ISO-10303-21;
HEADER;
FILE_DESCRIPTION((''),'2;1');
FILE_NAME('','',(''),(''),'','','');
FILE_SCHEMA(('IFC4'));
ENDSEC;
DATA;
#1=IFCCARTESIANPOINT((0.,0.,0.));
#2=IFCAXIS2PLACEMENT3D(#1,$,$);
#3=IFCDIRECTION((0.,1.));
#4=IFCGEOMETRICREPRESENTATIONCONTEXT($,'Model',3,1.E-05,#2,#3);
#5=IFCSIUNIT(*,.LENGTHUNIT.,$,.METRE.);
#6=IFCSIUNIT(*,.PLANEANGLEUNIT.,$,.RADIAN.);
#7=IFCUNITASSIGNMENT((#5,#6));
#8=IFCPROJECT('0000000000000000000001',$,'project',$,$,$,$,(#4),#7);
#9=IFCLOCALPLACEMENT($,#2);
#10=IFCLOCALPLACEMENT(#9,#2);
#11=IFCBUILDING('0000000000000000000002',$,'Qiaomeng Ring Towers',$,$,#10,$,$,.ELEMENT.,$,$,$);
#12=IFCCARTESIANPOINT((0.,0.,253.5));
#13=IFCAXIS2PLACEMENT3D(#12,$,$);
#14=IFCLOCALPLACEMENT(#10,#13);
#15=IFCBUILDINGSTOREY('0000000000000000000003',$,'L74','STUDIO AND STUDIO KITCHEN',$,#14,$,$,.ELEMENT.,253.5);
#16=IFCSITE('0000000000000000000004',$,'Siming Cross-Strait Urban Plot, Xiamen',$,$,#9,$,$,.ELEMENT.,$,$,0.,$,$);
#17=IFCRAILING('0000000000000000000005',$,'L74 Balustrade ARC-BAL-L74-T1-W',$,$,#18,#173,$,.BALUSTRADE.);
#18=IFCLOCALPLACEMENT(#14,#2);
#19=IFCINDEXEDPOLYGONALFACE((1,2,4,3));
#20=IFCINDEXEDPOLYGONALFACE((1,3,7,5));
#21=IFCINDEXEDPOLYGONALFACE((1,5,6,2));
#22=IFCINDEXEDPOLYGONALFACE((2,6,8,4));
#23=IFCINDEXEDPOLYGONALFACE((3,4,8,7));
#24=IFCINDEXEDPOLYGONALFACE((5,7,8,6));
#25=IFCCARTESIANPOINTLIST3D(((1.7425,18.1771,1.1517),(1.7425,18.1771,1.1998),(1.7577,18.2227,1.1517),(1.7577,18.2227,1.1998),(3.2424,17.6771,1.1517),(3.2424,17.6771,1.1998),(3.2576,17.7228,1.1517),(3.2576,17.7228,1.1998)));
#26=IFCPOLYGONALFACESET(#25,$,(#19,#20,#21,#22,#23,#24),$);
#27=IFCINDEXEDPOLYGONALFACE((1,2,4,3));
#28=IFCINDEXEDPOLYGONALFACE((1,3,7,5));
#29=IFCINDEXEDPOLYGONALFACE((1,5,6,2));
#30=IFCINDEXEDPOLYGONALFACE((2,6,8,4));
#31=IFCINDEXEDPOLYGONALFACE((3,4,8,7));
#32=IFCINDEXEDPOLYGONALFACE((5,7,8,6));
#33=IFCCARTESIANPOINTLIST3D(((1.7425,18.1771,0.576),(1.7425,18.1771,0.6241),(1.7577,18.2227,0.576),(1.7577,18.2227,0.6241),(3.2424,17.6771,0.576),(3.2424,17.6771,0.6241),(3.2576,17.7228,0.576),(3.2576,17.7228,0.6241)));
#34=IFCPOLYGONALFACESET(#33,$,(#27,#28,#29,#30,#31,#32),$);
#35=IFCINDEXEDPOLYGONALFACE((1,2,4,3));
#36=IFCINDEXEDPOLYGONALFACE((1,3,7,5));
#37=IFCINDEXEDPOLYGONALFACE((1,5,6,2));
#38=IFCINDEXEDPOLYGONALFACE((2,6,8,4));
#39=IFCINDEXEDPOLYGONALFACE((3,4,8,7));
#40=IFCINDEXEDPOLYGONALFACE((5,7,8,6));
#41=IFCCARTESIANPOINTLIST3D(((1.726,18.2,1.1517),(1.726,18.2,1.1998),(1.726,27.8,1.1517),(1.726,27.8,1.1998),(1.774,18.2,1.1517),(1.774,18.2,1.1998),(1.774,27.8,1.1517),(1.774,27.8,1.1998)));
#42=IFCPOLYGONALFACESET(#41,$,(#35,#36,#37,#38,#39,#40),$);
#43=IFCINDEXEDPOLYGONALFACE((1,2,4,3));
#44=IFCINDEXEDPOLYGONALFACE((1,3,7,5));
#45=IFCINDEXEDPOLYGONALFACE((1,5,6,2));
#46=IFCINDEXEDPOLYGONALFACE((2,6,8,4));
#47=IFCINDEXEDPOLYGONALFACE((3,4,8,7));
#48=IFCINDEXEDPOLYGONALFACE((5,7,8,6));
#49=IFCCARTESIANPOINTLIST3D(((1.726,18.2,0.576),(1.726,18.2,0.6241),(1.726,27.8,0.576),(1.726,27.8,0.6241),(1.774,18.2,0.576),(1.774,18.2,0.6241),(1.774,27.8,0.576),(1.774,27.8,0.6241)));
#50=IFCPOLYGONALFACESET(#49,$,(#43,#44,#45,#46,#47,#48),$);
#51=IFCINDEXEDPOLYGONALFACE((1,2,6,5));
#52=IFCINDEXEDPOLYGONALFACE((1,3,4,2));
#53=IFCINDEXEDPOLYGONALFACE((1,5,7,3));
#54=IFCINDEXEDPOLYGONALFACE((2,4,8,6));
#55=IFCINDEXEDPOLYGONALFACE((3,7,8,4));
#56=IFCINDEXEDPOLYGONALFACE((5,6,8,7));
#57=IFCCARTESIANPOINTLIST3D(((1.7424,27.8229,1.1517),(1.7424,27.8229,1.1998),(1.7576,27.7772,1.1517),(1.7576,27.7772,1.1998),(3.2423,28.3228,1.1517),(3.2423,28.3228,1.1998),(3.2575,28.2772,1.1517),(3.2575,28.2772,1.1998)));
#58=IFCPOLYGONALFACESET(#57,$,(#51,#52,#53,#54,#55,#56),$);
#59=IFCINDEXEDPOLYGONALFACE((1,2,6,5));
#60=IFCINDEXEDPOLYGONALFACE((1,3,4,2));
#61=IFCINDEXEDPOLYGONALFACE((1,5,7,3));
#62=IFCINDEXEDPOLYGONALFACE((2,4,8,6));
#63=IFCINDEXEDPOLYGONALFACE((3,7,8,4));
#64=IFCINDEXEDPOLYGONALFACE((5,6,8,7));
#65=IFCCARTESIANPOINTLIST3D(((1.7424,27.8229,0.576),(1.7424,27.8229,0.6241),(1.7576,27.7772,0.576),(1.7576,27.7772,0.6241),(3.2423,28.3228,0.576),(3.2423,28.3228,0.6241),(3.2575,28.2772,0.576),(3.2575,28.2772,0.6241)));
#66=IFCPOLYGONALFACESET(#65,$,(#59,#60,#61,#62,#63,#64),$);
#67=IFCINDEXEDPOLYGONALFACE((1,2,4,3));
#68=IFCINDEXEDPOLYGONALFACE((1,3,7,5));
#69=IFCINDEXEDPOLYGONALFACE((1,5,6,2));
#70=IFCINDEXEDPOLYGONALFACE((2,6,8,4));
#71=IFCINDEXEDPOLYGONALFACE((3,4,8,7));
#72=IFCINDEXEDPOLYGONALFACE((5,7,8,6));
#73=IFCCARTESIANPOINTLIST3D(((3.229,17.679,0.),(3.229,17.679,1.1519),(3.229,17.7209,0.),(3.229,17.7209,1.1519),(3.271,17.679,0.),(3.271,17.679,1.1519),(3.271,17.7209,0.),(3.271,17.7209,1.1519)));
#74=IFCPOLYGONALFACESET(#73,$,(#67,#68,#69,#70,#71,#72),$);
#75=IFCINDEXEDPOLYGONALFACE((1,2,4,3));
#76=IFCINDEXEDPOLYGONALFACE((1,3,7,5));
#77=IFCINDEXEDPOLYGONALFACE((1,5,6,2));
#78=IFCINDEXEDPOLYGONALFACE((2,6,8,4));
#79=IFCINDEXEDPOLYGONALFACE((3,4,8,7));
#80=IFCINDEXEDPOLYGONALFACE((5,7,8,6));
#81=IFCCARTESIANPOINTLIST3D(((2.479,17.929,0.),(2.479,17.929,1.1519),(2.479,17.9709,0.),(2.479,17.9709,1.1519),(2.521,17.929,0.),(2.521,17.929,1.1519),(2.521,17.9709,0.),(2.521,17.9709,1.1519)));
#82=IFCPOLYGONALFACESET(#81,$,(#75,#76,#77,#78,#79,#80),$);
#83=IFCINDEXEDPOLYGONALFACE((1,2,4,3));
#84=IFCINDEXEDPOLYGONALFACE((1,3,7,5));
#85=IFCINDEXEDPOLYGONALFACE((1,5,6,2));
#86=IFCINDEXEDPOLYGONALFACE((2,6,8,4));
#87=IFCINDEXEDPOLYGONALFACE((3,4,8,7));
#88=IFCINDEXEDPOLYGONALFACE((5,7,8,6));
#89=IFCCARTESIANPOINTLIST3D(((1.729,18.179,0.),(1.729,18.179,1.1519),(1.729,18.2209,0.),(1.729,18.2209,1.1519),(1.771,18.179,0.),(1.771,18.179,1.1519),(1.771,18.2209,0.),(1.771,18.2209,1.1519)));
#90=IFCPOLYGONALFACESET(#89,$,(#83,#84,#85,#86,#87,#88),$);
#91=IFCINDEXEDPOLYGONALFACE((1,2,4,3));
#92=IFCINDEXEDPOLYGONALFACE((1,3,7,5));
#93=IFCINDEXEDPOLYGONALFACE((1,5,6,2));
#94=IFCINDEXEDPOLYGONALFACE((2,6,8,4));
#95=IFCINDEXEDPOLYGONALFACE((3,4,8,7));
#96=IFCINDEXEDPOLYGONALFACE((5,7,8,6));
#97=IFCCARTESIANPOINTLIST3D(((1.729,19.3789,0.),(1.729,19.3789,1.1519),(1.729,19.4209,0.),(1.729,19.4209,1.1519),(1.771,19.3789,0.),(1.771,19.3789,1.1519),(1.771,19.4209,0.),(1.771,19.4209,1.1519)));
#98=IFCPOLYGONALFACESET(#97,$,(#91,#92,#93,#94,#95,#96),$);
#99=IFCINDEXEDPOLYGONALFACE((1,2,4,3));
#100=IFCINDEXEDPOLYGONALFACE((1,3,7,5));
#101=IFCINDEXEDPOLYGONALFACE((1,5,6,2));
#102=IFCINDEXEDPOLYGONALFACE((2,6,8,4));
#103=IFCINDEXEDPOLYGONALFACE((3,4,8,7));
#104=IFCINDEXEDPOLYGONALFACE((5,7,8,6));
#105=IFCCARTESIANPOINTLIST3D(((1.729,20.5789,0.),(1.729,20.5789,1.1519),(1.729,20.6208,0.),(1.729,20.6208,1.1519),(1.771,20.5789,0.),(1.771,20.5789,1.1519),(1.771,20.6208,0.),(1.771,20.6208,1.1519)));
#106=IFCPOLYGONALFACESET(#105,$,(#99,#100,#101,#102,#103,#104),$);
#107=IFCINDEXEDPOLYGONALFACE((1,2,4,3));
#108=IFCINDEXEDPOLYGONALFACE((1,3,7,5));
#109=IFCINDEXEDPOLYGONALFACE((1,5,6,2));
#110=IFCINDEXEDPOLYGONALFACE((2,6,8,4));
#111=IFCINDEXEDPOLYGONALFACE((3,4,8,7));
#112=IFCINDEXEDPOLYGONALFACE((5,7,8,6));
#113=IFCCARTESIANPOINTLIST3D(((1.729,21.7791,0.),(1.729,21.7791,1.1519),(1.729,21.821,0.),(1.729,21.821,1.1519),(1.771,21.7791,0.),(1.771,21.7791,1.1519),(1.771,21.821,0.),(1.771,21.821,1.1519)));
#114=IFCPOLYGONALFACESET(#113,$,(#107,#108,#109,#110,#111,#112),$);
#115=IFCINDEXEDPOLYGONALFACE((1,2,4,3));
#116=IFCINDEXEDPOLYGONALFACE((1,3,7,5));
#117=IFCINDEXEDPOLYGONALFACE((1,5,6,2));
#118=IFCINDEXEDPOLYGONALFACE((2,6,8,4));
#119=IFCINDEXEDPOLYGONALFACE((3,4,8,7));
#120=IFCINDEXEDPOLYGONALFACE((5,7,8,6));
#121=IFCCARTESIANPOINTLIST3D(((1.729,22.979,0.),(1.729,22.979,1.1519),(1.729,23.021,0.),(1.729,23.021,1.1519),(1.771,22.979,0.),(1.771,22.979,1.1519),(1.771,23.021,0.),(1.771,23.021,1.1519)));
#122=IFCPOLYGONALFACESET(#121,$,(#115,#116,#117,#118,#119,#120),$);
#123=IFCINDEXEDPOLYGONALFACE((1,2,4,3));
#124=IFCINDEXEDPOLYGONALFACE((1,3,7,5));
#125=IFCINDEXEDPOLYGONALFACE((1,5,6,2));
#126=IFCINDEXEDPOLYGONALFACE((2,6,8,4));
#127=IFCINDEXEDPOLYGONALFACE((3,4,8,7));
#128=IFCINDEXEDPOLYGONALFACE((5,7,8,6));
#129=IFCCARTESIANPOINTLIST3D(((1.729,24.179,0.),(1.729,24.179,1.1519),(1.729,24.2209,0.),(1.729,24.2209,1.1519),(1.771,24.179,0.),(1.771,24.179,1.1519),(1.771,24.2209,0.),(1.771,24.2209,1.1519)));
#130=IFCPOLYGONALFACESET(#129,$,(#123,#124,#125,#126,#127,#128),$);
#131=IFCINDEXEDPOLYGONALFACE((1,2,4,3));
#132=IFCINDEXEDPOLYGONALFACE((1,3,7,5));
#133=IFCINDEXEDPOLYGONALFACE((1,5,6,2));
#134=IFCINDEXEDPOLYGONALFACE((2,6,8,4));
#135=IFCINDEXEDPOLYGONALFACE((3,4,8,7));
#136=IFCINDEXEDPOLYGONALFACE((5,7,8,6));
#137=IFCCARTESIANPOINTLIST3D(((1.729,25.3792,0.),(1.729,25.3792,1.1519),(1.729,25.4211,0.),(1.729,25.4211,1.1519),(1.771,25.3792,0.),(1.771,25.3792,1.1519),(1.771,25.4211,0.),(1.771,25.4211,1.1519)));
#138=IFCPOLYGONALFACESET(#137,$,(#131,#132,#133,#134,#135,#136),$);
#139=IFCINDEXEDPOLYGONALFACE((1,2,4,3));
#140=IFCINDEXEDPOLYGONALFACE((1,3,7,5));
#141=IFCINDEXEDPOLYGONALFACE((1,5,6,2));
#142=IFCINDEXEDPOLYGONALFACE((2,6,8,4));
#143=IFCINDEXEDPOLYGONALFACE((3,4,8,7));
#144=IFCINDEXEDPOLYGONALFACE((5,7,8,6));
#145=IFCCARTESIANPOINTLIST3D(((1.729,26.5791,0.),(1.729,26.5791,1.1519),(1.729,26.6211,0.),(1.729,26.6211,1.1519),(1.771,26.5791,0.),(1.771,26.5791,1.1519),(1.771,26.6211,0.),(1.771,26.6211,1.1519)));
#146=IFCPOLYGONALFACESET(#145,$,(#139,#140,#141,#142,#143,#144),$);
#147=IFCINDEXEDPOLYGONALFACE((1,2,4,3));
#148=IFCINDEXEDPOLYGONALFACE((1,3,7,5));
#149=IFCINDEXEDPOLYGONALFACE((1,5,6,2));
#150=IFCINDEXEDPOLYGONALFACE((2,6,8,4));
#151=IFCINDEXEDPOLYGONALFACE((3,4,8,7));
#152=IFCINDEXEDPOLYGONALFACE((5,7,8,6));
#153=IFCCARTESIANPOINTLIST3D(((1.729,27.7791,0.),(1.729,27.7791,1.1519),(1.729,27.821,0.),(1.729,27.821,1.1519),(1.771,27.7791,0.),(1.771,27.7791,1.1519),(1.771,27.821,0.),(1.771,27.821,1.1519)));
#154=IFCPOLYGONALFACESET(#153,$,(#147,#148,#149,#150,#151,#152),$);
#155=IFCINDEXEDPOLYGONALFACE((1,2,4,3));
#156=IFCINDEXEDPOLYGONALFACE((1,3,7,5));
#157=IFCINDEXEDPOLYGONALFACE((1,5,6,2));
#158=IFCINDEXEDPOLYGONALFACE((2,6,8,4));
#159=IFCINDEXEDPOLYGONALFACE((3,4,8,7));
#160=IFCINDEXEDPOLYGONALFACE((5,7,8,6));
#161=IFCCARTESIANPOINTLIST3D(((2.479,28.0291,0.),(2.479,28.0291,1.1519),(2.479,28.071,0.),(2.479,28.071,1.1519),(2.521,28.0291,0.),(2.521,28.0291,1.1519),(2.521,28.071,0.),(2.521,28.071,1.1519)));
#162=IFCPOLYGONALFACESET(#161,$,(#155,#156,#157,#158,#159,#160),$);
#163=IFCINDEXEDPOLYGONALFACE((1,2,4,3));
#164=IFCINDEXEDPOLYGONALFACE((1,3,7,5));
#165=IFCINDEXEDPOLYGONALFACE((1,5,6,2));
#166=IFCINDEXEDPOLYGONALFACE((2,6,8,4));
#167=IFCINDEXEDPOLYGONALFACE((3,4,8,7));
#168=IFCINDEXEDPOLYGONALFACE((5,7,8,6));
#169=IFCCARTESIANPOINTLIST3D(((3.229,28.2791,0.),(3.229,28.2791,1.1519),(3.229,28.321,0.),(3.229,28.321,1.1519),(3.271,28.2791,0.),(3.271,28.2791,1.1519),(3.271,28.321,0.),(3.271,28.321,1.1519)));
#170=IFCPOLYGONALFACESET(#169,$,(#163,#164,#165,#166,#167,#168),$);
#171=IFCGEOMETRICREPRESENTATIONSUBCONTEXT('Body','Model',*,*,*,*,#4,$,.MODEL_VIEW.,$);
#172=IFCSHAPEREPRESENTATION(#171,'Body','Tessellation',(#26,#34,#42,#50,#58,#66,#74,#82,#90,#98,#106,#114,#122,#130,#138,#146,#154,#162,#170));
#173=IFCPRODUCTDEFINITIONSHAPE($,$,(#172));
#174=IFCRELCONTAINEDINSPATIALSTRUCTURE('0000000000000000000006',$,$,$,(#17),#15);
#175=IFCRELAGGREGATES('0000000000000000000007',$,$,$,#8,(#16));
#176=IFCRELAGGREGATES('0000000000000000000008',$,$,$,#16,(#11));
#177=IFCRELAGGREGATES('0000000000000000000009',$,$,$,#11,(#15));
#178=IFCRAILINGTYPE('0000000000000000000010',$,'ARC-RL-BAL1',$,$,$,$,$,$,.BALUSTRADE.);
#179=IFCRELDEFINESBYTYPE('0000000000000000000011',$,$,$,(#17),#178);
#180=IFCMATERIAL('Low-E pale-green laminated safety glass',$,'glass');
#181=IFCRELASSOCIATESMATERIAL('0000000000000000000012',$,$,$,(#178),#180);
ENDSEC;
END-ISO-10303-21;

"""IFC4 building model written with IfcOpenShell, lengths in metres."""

from ifc_helpers import new_model, si_unit, direction, frame, origin, origin_2d, place, context, subcontext, project, spatial, rectangle, extrude, material, type_object, element, save


model = new_model("IFC4")

# Units and contexts
model_context = context("Model", 3, precision=1e-05, world=origin(), true_north=direction((0.0, 1.0)))
body_context = subcontext(model_context, "Body", "Model", "MODEL_VIEW")
ifc_project = project(units=[si_unit("LENGTHUNIT", "METRE"), si_unit("PLANEANGLEUNIT", "RADIAN")], contexts=[model_context])

# Site, building, storey
site_placement = place(None, origin())
site = spatial("IfcSite", under=ifc_project, at=site_placement, Name="Siming Cross-Strait Urban Plot, Xiamen", CompositionType="ELEMENT", RefElevation=0.0)
building_placement = place(site_placement, origin())
building = spatial("IfcBuilding", under=site, at=building_placement, Name="Qiaomeng Ring Towers", CompositionType="ELEMENT")
storey_placement = place(building_placement, frame((0.0, 0.0, 253.5)))
storey = spatial("IfcBuildingStorey", under=building, at=storey_placement, Name="L74", Description="STUDIO AND STUDIO KITCHEN", CompositionType="ELEMENT", Elevation=253.5)

# Railing
ifc_material_1 = material(Name="Low-E pale-green laminated safety glass", Category="glass")
railing_type = type_object("IfcRailingType", Name="ARC-RL-BAL1", PredefinedType="BALUSTRADE", material=ifc_material_1)
railing_1_placement = place(storey_placement, frame((3.25, 17.7, 0.0)))
element("IfcRailing", 1, at=railing_1_placement, inside=storey, type_object=railing_type, Name="L74 Balustrade ARC-BAL-L74-T1-W", PredefinedType="BALUSTRADE", context=body_context, shape_type="SweptSolid", body=[
    extrude(rectangle(XDim=0.0481, YDim=0.0481, at=origin_2d()), frame((0.0, 0.0, 1.1758), z_axis=(-0.948683, 0.316228, 0.0), x_axis=(-0.316228, -0.948683, 0.0)), (0.0, 0.0, 1.0), 1.5811),
    extrude(rectangle(XDim=0.0481, YDim=0.0481, at=origin_2d()), frame((0.0, 0.0, 0.6001), z_axis=(-0.948683, 0.316228, 0.0), x_axis=(-0.316228, -0.948683, 0.0)), (0.0, 0.0, 1.0), 1.5811),
    extrude(rectangle(XDim=0.0481, YDim=0.0481, at=origin_2d()), frame((-1.5, 0.5, 1.1758), z_axis=(0.0, 1.0, 0.0), x_axis=(-1.0, 0.0, 0.0)), (0.0, 0.0, 1.0), 9.6001),
    extrude(rectangle(XDim=0.0481, YDim=0.0481, at=origin_2d()), frame((-1.5, 0.5, 0.6001), z_axis=(0.0, 1.0, 0.0), x_axis=(-1.0, 0.0, 0.0)), (0.0, 0.0, 1.0), 9.6001),
    extrude(rectangle(XDim=0.0481, YDim=0.0481, at=origin_2d()), frame((-1.5, 10.1001, 1.1758), z_axis=(0.948683, 0.316228, 0.0), x_axis=(-0.316228, 0.948683, 0.0)), (0.0, 0.0, 1.0), 1.5811),
    extrude(rectangle(XDim=0.0481, YDim=0.0481, at=origin_2d()), frame((-1.5, 10.1001, 0.6001), z_axis=(0.948683, 0.316228, 0.0), x_axis=(-0.316228, 0.948683, 0.0)), (0.0, 0.0, 1.0), 1.5811),
    extrude(rectangle(XDim=0.042, YDim=0.042, at=origin_2d()), origin(), (0.0, 0.0, 1.0), 1.1519),
    extrude(rectangle(XDim=0.042, YDim=0.042, at=origin_2d()), frame((-0.75, 0.25, 0.0)), (0.0, 0.0, 1.0), 1.1519),
    extrude(rectangle(XDim=0.042, YDim=0.042, at=origin_2d()), frame((-1.5, 0.5, 0.0)), (0.0, 0.0, 1.0), 1.1519),
    extrude(rectangle(XDim=0.042, YDim=0.042, at=origin_2d()), frame((-1.5, 1.7, 0.0)), (0.0, 0.0, 1.0), 1.1519),
    extrude(rectangle(XDim=0.042, YDim=0.042, at=origin_2d()), frame((-1.5, 2.8999, 0.0)), (0.0, 0.0, 1.0), 1.1519),
    extrude(rectangle(XDim=0.042, YDim=0.042, at=origin_2d()), frame((-1.5, 4.1001, 0.0)), (0.0, 0.0, 1.0), 1.1519),
    extrude(rectangle(XDim=0.042, YDim=0.042, at=origin_2d()), frame((-1.5, 5.3, 0.0)), (0.0, 0.0, 1.0), 1.1519),
    extrude(rectangle(XDim=0.042, YDim=0.042, at=origin_2d()), frame((-1.5, 6.5, 0.0)), (0.0, 0.0, 1.0), 1.1519),
    extrude(rectangle(XDim=0.042, YDim=0.042, at=origin_2d()), frame((-1.5, 7.7002, 0.0)), (0.0, 0.0, 1.0), 1.1519),
    extrude(rectangle(XDim=0.042, YDim=0.042, at=origin_2d()), frame((-1.5, 8.9001, 0.0)), (0.0, 0.0, 1.0), 1.1519),
    extrude(rectangle(XDim=0.042, YDim=0.042, at=origin_2d()), frame((-1.5, 10.1001, 0.0)), (0.0, 0.0, 1.0), 1.1519),
    extrude(rectangle(XDim=0.042, YDim=0.042, at=origin_2d()), frame((-0.75, 10.3501, 0.0)), (0.0, 0.0, 1.0), 1.1519),
    extrude(rectangle(XDim=0.042, YDim=0.042, at=origin_2d()), frame((0.0, 10.6001, 0.0)), (0.0, 0.0, 1.0), 1.1519),
])

save(model, "model.ifc")
